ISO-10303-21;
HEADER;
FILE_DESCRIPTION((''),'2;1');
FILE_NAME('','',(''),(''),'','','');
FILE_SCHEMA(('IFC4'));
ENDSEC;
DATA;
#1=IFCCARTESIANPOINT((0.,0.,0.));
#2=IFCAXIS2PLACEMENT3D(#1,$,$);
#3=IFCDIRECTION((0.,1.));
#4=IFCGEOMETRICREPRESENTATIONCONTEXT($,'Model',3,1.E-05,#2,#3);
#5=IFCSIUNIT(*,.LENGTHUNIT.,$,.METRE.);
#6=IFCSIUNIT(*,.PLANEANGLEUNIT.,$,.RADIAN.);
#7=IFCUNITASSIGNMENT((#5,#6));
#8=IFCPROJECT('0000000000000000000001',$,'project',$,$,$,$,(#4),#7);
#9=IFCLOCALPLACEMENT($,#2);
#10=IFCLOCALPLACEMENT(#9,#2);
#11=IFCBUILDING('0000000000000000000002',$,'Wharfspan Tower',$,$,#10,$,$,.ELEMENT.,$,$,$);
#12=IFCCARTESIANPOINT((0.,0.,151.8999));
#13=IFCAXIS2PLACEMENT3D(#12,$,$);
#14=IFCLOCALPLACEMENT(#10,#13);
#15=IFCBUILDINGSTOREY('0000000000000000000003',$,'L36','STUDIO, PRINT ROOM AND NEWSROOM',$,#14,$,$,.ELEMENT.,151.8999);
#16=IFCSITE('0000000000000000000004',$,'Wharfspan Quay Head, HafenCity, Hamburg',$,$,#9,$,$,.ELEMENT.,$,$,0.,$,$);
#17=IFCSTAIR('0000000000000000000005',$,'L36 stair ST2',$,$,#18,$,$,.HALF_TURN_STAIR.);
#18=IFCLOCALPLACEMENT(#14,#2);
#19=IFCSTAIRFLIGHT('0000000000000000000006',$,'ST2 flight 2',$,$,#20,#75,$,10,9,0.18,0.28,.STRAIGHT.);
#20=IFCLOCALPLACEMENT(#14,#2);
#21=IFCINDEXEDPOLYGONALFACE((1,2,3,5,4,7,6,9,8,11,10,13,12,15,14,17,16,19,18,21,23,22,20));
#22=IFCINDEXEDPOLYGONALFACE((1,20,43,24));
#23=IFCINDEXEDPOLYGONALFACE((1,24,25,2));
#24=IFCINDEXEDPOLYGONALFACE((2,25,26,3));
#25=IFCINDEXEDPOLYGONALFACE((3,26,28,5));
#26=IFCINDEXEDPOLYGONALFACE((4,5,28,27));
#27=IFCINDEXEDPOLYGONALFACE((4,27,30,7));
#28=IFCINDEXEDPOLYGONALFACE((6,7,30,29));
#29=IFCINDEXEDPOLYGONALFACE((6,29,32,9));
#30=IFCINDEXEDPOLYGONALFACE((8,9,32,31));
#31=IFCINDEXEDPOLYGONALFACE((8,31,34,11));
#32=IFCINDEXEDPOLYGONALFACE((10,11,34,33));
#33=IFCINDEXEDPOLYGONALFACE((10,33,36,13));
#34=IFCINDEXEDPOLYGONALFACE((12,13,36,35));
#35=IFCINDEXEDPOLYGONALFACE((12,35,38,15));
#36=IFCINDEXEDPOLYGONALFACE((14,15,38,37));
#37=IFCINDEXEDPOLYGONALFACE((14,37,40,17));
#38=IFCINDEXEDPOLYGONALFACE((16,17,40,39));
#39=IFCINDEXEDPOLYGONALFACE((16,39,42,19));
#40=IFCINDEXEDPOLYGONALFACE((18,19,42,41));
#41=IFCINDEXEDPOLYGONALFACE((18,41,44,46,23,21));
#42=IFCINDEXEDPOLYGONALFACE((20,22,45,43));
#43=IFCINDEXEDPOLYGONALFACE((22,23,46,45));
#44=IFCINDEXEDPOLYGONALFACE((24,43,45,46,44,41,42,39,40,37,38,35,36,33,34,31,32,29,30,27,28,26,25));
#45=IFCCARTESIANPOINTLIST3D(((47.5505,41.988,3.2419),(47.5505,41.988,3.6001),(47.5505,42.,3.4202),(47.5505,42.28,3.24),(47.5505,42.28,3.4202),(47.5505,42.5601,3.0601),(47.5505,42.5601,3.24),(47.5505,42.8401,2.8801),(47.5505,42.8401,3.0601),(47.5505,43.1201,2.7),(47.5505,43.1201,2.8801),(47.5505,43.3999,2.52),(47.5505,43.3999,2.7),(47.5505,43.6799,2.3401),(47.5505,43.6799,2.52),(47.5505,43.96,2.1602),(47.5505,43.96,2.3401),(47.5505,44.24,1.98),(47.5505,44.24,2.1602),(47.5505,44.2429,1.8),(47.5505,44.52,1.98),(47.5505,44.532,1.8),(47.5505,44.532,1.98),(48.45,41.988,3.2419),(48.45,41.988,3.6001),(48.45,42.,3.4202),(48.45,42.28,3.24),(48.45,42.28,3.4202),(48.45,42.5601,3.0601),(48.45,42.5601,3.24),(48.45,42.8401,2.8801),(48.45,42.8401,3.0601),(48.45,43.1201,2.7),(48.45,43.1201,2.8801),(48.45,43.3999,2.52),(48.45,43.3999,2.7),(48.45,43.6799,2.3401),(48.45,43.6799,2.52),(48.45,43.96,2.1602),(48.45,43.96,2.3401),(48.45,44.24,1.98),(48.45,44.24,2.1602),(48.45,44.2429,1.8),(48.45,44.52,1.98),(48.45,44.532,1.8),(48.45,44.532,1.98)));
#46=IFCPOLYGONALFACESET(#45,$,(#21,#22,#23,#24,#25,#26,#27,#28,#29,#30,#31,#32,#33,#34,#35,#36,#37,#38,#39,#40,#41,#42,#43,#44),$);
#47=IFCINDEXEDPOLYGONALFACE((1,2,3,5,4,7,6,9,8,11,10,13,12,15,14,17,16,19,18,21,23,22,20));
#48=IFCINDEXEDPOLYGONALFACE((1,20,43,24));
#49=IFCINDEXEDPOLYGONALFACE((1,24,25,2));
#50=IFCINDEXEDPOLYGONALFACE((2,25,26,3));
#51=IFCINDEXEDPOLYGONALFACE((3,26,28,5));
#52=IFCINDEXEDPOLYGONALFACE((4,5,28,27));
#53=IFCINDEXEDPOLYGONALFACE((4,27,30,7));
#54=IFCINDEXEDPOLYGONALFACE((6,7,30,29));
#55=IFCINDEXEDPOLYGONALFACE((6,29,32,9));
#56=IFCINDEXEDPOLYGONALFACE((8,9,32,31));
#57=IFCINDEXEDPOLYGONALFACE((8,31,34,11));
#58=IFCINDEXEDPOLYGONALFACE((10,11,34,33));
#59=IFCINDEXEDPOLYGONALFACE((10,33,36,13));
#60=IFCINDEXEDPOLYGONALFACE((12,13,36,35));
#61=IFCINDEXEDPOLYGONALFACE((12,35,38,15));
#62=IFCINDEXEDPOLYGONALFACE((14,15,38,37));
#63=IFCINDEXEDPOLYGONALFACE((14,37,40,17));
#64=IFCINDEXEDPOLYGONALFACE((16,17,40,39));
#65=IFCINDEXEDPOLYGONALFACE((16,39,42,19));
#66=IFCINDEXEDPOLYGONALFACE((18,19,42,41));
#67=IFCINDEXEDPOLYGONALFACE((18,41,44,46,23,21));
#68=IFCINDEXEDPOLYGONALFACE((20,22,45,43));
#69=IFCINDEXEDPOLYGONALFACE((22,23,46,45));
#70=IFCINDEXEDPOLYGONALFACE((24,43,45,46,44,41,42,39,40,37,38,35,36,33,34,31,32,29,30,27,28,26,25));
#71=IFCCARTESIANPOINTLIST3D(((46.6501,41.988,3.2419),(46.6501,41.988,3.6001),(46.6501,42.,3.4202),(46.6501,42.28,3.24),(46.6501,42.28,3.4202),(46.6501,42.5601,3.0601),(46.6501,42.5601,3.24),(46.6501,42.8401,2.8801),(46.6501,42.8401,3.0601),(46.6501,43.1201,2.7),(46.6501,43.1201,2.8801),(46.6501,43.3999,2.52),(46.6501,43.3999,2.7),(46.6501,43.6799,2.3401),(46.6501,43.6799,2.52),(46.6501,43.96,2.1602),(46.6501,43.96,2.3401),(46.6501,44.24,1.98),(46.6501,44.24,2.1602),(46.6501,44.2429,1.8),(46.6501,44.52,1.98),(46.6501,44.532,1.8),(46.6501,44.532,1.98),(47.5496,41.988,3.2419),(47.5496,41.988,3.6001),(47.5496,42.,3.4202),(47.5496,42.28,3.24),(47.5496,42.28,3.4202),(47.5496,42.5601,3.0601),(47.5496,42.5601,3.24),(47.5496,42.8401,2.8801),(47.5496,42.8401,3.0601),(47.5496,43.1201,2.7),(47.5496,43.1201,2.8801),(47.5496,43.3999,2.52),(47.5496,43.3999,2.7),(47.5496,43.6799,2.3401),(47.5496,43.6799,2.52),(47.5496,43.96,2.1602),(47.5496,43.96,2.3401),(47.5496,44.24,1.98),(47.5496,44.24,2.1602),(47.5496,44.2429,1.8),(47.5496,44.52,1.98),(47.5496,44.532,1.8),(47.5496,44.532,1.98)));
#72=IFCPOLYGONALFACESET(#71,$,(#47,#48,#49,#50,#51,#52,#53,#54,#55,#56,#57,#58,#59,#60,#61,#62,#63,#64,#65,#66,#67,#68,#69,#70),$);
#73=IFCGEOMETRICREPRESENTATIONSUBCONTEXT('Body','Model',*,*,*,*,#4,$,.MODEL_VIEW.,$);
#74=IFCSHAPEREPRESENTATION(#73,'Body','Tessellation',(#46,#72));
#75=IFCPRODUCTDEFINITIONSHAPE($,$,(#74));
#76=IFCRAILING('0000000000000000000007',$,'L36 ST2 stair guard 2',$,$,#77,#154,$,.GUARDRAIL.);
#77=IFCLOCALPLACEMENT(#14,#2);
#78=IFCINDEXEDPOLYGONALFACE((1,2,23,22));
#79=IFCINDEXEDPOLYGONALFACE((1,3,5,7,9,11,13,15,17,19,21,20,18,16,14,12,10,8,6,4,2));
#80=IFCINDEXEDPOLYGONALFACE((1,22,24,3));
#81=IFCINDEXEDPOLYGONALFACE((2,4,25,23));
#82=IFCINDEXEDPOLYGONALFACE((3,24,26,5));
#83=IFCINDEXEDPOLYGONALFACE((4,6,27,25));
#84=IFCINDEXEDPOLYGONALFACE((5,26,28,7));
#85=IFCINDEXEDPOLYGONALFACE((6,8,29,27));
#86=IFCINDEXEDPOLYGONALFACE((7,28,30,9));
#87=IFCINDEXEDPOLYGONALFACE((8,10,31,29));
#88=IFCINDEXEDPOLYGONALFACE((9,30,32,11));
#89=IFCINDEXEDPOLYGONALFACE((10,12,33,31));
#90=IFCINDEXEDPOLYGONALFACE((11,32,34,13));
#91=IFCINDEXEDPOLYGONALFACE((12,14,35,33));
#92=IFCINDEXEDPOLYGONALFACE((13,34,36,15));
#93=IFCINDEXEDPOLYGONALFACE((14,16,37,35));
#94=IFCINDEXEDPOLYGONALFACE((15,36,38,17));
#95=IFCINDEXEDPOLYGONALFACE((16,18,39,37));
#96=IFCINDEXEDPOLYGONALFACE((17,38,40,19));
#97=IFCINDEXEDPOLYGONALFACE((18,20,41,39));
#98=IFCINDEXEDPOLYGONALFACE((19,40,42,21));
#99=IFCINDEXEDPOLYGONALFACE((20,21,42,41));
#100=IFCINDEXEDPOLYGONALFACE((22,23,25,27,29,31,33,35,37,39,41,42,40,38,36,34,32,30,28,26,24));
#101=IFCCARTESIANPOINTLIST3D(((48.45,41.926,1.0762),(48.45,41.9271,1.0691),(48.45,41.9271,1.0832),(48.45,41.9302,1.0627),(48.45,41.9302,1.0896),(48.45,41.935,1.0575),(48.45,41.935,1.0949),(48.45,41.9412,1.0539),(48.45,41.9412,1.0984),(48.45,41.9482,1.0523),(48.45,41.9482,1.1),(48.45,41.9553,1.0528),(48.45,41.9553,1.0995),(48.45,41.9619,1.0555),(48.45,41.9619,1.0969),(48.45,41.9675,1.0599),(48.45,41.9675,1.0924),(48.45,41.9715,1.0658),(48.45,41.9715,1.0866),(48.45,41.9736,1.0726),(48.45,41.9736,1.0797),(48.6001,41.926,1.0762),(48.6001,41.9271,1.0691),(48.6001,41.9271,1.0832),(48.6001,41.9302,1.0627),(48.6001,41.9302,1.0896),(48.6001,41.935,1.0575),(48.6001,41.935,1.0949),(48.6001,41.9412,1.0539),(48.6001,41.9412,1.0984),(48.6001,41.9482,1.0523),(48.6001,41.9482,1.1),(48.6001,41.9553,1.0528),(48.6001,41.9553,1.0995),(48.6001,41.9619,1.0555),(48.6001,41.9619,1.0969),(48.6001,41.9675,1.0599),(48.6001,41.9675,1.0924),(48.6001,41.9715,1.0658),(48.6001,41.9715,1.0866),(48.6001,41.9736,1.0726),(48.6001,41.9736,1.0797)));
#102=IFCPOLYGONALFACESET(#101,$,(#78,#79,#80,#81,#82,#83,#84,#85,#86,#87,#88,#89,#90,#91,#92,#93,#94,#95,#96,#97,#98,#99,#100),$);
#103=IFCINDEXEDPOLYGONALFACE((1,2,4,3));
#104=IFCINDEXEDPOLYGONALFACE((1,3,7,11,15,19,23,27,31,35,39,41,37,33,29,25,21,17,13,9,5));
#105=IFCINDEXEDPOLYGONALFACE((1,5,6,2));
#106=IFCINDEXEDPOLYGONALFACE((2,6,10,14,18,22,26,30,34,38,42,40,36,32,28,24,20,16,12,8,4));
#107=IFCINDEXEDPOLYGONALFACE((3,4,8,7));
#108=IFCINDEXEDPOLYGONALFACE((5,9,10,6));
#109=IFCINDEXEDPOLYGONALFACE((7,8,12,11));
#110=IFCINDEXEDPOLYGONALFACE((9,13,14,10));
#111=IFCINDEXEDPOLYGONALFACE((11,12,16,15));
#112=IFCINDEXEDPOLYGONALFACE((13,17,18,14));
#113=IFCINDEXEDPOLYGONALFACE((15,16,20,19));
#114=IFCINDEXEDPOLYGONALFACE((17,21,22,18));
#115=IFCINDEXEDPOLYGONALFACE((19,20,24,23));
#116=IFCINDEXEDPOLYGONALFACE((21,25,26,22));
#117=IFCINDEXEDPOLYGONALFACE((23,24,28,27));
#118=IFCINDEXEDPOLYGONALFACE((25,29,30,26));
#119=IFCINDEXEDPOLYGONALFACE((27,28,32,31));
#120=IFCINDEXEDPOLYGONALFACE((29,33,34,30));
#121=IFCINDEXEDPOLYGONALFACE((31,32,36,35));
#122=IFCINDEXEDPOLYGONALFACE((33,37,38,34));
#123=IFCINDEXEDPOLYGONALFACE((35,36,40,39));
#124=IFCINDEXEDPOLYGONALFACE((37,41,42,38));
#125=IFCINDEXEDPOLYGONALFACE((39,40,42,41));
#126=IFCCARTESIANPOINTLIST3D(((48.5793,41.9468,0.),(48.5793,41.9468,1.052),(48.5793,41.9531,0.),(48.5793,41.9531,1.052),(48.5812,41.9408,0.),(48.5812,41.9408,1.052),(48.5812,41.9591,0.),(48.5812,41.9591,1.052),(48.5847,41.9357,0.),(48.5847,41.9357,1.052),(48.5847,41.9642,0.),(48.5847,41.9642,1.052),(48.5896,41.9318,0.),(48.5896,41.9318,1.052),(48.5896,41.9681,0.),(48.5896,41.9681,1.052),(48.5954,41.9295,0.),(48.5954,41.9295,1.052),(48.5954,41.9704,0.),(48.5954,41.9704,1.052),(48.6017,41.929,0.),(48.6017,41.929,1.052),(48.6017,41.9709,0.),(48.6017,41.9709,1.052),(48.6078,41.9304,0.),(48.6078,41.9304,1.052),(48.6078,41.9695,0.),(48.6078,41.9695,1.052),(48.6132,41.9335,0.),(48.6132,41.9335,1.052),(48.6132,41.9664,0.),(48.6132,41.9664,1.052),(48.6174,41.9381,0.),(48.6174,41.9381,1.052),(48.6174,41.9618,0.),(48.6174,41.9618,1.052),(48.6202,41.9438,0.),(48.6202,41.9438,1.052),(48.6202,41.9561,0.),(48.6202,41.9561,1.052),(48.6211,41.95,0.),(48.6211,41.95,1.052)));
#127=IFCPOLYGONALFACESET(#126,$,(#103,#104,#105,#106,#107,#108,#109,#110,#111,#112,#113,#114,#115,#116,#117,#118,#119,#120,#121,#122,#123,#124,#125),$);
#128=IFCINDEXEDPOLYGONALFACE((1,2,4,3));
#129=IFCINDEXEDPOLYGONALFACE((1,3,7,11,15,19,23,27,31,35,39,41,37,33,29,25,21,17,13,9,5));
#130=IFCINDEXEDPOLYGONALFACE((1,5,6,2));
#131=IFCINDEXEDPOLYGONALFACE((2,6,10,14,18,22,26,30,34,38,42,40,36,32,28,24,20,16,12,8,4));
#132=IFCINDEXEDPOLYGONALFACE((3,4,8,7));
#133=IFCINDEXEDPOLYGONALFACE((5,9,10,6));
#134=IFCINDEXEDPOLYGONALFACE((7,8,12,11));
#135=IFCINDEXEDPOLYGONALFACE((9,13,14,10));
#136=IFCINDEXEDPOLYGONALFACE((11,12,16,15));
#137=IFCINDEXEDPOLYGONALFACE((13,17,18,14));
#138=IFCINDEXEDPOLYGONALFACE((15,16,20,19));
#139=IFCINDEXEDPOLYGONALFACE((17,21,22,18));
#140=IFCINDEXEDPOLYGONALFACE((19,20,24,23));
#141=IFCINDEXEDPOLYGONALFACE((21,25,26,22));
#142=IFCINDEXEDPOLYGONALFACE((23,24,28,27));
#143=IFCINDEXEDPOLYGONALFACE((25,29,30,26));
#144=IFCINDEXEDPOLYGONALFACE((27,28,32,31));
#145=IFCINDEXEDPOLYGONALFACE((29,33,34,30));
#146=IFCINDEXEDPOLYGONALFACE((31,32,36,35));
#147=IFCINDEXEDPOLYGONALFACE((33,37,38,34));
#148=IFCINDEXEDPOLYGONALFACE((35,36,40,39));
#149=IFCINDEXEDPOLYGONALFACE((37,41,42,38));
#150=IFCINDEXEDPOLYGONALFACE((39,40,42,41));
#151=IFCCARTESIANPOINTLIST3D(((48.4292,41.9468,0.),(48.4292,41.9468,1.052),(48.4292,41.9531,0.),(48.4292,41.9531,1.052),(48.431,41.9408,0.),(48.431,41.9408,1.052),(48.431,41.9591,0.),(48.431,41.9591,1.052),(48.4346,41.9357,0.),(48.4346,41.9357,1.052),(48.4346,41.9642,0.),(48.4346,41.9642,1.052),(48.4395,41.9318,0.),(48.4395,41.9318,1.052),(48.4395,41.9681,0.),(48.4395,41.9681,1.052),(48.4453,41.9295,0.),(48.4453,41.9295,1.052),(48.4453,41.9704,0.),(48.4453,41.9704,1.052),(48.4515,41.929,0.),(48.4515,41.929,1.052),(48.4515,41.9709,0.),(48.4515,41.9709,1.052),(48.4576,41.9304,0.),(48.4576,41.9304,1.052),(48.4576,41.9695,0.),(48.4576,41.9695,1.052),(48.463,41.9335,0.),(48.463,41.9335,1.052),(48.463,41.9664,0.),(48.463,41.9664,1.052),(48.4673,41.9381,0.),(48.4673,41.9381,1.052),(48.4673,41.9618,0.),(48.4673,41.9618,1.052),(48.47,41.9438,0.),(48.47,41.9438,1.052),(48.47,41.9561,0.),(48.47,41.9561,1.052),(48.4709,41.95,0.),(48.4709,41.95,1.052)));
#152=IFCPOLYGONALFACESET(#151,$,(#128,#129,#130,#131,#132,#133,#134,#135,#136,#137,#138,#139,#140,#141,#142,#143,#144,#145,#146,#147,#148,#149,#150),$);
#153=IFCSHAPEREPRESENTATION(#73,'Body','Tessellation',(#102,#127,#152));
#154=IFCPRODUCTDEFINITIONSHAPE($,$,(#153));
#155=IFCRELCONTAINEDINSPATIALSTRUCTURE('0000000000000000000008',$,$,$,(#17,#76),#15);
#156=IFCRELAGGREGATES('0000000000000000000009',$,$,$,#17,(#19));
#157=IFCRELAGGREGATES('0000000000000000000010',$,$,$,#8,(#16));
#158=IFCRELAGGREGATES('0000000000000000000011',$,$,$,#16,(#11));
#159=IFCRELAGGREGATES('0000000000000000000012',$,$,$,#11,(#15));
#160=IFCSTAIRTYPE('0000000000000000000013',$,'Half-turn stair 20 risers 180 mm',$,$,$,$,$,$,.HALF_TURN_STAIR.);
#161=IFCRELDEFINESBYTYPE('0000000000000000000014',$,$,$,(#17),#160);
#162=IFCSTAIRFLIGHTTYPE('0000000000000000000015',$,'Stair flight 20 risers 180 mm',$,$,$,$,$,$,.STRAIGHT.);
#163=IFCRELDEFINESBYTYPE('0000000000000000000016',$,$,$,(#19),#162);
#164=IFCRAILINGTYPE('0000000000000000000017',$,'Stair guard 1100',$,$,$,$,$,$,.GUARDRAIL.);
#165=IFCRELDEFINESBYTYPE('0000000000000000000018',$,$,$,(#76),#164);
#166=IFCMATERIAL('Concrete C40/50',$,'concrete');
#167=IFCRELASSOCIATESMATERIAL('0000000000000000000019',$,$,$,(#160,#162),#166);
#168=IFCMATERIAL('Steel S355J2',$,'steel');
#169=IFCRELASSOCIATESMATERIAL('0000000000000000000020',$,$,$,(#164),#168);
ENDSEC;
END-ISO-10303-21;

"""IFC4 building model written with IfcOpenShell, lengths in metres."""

from ifc_helpers import new_model, si_unit, direction, frame, origin, origin_2d, place, context, subcontext, project, spatial, polyline, circle, outline, extrude, material, type_object, element, aggregate, save


model = new_model("IFC4")

# Units and contexts
model_context = context("Model", 3, precision=1e-05, world=origin(), true_north=direction((0.0, 1.0)))
body_context = subcontext(model_context, "Body", "Model", "MODEL_VIEW")
ifc_project = project(units=[si_unit("LENGTHUNIT", "METRE"), si_unit("PLANEANGLEUNIT", "RADIAN")], contexts=[model_context])

# Site, building, storey
site_placement = place(None, origin())
site = spatial("IfcSite", under=ifc_project, at=site_placement, Name="Wharfspan Quay Head, HafenCity, Hamburg", CompositionType="ELEMENT", RefElevation=0.0)
building_placement = place(site_placement, origin())
building = spatial("IfcBuilding", under=site, at=building_placement, Name="Wharfspan Tower", CompositionType="ELEMENT")
storey_placement = place(building_placement, frame((0.0, 0.0, 151.8999)))
storey = spatial("IfcBuildingStorey", under=building, at=storey_placement, Name="L36", Description="STUDIO, PRINT ROOM AND NEWSROOM", CompositionType="ELEMENT", Elevation=151.8999)

# Shared definitions
ifc_material_1 = material(Name="Steel S355J2", Category="steel")

# Shared definitions
ifc_material_2 = material(Name="Concrete C40/50", Category="concrete")

# Stair, stair flight
stair_type = type_object("IfcStairType", Name="Half-turn stair 20 risers 180 mm", PredefinedType="HALF_TURN_STAIR", material=ifc_material_2)
stair_placement = place(storey_placement, origin())
stair = element("IfcStair", 1, at=stair_placement, inside=storey, type_object=stair_type, Name="L36 stair ST2", PredefinedType="HALF_TURN_STAIR")
stair_flight_type = type_object("IfcStairFlightType", Name="Stair flight 20 risers 180 mm", PredefinedType="STRAIGHT", material=ifc_material_2)
stair_flight_1_placement = place(storey_placement, frame((47.55, 44.52, 1.8), z_axis=(0.0, 0.0, 1.0), x_axis=(0.0, -1.0, 0.0)))
stair_flight_1 = element("IfcStairFlight", 2, at=stair_flight_1_placement, type_object=stair_flight_type, Name="ST2 flight 2", NumberOfRisers=10, NumberOfTreads=9, PredefinedType="STRAIGHT", RiserHeight=0.18, TreadLength=0.28, context=body_context, shape_type="SweptSolid", body=[
    extrude(outline(polyline([(-0.012, 0.0), (-0.012, 0.1799), (0.0, 0.1799), (0.28, 0.1799), (0.28, 0.3601), (0.5601, 0.3601), (0.5601, 0.54), (0.8401, 0.54), (0.8401, 0.72), (1.1201, 0.72), (1.1201, 0.8999), (1.3999, 0.8999), (1.3999, 1.0801), (1.6799, 1.0801), (1.6799, 1.26), (1.96, 1.26), (1.96, 1.4399), (2.24, 1.4399), (2.24, 1.6201), (2.52, 1.6201), (2.532, 1.8), (2.532, 1.4419), (0.2771, 0.0), (-0.012, 0.0)])), frame((0.0, 0.8999, 0.0), z_axis=(0.0, -1.0, 0.0), x_axis=(1.0, 0.0, 0.0)), (0.0, 0.0, 1.0), 0.8994),
    extrude(outline(polyline([(-0.012, 0.0), (-0.012, 0.1799), (0.0, 0.1799), (0.28, 0.1799), (0.28, 0.3601), (0.5601, 0.3601), (0.5601, 0.54), (0.8401, 0.54), (0.8401, 0.72), (1.1201, 0.72), (1.1201, 0.8999), (1.3999, 0.8999), (1.3999, 1.0801), (1.6799, 1.0801), (1.6799, 1.26), (1.96, 1.26), (1.96, 1.4399), (2.24, 1.4399), (2.24, 1.6201), (2.52, 1.6201), (2.532, 1.8), (2.532, 1.4419), (0.2771, 0.0), (-0.012, 0.0)])), frame((0.0, -0.0005, 0.0), z_axis=(0.0, -1.0, 0.0), x_axis=(1.0, 0.0, 0.0)), (0.0, 0.0, 1.0), 0.8994),
])
aggregate(stair, [stair_flight_1])

# Railing
railing_type_1 = type_object("IfcRailingType", Name="Stair guard 1100", PredefinedType="GUARDRAIL", material=ifc_material_1)
railing_1_placement = place(storey_placement, frame((48.6001, 41.95, 0.0)))
element("IfcRailing", 3, at=railing_1_placement, inside=storey, type_object=railing_type_1, Name="L36 ST2 stair guard 2", PredefinedType="GUARDRAIL", context=body_context, shape_type="SweptSolid", body=[
    extrude(circle(Radius=0.0239, at=origin_2d()), frame((0.0, 0.0, 1.0762), z_axis=(-1.0, 0.0, 0.0), x_axis=(0.0, -1.0, 0.0)), (0.0, 0.0, 1.0), 0.1501),
    extrude(circle(Radius=0.021, at=origin_2d()), origin(), (0.0, 0.0, 1.0), 1.052),
    extrude(circle(Radius=0.021, at=origin_2d()), frame((-0.1501, 0.0, 0.0)), (0.0, 0.0, 1.0), 1.052),
])

save(model, "model.ifc")
